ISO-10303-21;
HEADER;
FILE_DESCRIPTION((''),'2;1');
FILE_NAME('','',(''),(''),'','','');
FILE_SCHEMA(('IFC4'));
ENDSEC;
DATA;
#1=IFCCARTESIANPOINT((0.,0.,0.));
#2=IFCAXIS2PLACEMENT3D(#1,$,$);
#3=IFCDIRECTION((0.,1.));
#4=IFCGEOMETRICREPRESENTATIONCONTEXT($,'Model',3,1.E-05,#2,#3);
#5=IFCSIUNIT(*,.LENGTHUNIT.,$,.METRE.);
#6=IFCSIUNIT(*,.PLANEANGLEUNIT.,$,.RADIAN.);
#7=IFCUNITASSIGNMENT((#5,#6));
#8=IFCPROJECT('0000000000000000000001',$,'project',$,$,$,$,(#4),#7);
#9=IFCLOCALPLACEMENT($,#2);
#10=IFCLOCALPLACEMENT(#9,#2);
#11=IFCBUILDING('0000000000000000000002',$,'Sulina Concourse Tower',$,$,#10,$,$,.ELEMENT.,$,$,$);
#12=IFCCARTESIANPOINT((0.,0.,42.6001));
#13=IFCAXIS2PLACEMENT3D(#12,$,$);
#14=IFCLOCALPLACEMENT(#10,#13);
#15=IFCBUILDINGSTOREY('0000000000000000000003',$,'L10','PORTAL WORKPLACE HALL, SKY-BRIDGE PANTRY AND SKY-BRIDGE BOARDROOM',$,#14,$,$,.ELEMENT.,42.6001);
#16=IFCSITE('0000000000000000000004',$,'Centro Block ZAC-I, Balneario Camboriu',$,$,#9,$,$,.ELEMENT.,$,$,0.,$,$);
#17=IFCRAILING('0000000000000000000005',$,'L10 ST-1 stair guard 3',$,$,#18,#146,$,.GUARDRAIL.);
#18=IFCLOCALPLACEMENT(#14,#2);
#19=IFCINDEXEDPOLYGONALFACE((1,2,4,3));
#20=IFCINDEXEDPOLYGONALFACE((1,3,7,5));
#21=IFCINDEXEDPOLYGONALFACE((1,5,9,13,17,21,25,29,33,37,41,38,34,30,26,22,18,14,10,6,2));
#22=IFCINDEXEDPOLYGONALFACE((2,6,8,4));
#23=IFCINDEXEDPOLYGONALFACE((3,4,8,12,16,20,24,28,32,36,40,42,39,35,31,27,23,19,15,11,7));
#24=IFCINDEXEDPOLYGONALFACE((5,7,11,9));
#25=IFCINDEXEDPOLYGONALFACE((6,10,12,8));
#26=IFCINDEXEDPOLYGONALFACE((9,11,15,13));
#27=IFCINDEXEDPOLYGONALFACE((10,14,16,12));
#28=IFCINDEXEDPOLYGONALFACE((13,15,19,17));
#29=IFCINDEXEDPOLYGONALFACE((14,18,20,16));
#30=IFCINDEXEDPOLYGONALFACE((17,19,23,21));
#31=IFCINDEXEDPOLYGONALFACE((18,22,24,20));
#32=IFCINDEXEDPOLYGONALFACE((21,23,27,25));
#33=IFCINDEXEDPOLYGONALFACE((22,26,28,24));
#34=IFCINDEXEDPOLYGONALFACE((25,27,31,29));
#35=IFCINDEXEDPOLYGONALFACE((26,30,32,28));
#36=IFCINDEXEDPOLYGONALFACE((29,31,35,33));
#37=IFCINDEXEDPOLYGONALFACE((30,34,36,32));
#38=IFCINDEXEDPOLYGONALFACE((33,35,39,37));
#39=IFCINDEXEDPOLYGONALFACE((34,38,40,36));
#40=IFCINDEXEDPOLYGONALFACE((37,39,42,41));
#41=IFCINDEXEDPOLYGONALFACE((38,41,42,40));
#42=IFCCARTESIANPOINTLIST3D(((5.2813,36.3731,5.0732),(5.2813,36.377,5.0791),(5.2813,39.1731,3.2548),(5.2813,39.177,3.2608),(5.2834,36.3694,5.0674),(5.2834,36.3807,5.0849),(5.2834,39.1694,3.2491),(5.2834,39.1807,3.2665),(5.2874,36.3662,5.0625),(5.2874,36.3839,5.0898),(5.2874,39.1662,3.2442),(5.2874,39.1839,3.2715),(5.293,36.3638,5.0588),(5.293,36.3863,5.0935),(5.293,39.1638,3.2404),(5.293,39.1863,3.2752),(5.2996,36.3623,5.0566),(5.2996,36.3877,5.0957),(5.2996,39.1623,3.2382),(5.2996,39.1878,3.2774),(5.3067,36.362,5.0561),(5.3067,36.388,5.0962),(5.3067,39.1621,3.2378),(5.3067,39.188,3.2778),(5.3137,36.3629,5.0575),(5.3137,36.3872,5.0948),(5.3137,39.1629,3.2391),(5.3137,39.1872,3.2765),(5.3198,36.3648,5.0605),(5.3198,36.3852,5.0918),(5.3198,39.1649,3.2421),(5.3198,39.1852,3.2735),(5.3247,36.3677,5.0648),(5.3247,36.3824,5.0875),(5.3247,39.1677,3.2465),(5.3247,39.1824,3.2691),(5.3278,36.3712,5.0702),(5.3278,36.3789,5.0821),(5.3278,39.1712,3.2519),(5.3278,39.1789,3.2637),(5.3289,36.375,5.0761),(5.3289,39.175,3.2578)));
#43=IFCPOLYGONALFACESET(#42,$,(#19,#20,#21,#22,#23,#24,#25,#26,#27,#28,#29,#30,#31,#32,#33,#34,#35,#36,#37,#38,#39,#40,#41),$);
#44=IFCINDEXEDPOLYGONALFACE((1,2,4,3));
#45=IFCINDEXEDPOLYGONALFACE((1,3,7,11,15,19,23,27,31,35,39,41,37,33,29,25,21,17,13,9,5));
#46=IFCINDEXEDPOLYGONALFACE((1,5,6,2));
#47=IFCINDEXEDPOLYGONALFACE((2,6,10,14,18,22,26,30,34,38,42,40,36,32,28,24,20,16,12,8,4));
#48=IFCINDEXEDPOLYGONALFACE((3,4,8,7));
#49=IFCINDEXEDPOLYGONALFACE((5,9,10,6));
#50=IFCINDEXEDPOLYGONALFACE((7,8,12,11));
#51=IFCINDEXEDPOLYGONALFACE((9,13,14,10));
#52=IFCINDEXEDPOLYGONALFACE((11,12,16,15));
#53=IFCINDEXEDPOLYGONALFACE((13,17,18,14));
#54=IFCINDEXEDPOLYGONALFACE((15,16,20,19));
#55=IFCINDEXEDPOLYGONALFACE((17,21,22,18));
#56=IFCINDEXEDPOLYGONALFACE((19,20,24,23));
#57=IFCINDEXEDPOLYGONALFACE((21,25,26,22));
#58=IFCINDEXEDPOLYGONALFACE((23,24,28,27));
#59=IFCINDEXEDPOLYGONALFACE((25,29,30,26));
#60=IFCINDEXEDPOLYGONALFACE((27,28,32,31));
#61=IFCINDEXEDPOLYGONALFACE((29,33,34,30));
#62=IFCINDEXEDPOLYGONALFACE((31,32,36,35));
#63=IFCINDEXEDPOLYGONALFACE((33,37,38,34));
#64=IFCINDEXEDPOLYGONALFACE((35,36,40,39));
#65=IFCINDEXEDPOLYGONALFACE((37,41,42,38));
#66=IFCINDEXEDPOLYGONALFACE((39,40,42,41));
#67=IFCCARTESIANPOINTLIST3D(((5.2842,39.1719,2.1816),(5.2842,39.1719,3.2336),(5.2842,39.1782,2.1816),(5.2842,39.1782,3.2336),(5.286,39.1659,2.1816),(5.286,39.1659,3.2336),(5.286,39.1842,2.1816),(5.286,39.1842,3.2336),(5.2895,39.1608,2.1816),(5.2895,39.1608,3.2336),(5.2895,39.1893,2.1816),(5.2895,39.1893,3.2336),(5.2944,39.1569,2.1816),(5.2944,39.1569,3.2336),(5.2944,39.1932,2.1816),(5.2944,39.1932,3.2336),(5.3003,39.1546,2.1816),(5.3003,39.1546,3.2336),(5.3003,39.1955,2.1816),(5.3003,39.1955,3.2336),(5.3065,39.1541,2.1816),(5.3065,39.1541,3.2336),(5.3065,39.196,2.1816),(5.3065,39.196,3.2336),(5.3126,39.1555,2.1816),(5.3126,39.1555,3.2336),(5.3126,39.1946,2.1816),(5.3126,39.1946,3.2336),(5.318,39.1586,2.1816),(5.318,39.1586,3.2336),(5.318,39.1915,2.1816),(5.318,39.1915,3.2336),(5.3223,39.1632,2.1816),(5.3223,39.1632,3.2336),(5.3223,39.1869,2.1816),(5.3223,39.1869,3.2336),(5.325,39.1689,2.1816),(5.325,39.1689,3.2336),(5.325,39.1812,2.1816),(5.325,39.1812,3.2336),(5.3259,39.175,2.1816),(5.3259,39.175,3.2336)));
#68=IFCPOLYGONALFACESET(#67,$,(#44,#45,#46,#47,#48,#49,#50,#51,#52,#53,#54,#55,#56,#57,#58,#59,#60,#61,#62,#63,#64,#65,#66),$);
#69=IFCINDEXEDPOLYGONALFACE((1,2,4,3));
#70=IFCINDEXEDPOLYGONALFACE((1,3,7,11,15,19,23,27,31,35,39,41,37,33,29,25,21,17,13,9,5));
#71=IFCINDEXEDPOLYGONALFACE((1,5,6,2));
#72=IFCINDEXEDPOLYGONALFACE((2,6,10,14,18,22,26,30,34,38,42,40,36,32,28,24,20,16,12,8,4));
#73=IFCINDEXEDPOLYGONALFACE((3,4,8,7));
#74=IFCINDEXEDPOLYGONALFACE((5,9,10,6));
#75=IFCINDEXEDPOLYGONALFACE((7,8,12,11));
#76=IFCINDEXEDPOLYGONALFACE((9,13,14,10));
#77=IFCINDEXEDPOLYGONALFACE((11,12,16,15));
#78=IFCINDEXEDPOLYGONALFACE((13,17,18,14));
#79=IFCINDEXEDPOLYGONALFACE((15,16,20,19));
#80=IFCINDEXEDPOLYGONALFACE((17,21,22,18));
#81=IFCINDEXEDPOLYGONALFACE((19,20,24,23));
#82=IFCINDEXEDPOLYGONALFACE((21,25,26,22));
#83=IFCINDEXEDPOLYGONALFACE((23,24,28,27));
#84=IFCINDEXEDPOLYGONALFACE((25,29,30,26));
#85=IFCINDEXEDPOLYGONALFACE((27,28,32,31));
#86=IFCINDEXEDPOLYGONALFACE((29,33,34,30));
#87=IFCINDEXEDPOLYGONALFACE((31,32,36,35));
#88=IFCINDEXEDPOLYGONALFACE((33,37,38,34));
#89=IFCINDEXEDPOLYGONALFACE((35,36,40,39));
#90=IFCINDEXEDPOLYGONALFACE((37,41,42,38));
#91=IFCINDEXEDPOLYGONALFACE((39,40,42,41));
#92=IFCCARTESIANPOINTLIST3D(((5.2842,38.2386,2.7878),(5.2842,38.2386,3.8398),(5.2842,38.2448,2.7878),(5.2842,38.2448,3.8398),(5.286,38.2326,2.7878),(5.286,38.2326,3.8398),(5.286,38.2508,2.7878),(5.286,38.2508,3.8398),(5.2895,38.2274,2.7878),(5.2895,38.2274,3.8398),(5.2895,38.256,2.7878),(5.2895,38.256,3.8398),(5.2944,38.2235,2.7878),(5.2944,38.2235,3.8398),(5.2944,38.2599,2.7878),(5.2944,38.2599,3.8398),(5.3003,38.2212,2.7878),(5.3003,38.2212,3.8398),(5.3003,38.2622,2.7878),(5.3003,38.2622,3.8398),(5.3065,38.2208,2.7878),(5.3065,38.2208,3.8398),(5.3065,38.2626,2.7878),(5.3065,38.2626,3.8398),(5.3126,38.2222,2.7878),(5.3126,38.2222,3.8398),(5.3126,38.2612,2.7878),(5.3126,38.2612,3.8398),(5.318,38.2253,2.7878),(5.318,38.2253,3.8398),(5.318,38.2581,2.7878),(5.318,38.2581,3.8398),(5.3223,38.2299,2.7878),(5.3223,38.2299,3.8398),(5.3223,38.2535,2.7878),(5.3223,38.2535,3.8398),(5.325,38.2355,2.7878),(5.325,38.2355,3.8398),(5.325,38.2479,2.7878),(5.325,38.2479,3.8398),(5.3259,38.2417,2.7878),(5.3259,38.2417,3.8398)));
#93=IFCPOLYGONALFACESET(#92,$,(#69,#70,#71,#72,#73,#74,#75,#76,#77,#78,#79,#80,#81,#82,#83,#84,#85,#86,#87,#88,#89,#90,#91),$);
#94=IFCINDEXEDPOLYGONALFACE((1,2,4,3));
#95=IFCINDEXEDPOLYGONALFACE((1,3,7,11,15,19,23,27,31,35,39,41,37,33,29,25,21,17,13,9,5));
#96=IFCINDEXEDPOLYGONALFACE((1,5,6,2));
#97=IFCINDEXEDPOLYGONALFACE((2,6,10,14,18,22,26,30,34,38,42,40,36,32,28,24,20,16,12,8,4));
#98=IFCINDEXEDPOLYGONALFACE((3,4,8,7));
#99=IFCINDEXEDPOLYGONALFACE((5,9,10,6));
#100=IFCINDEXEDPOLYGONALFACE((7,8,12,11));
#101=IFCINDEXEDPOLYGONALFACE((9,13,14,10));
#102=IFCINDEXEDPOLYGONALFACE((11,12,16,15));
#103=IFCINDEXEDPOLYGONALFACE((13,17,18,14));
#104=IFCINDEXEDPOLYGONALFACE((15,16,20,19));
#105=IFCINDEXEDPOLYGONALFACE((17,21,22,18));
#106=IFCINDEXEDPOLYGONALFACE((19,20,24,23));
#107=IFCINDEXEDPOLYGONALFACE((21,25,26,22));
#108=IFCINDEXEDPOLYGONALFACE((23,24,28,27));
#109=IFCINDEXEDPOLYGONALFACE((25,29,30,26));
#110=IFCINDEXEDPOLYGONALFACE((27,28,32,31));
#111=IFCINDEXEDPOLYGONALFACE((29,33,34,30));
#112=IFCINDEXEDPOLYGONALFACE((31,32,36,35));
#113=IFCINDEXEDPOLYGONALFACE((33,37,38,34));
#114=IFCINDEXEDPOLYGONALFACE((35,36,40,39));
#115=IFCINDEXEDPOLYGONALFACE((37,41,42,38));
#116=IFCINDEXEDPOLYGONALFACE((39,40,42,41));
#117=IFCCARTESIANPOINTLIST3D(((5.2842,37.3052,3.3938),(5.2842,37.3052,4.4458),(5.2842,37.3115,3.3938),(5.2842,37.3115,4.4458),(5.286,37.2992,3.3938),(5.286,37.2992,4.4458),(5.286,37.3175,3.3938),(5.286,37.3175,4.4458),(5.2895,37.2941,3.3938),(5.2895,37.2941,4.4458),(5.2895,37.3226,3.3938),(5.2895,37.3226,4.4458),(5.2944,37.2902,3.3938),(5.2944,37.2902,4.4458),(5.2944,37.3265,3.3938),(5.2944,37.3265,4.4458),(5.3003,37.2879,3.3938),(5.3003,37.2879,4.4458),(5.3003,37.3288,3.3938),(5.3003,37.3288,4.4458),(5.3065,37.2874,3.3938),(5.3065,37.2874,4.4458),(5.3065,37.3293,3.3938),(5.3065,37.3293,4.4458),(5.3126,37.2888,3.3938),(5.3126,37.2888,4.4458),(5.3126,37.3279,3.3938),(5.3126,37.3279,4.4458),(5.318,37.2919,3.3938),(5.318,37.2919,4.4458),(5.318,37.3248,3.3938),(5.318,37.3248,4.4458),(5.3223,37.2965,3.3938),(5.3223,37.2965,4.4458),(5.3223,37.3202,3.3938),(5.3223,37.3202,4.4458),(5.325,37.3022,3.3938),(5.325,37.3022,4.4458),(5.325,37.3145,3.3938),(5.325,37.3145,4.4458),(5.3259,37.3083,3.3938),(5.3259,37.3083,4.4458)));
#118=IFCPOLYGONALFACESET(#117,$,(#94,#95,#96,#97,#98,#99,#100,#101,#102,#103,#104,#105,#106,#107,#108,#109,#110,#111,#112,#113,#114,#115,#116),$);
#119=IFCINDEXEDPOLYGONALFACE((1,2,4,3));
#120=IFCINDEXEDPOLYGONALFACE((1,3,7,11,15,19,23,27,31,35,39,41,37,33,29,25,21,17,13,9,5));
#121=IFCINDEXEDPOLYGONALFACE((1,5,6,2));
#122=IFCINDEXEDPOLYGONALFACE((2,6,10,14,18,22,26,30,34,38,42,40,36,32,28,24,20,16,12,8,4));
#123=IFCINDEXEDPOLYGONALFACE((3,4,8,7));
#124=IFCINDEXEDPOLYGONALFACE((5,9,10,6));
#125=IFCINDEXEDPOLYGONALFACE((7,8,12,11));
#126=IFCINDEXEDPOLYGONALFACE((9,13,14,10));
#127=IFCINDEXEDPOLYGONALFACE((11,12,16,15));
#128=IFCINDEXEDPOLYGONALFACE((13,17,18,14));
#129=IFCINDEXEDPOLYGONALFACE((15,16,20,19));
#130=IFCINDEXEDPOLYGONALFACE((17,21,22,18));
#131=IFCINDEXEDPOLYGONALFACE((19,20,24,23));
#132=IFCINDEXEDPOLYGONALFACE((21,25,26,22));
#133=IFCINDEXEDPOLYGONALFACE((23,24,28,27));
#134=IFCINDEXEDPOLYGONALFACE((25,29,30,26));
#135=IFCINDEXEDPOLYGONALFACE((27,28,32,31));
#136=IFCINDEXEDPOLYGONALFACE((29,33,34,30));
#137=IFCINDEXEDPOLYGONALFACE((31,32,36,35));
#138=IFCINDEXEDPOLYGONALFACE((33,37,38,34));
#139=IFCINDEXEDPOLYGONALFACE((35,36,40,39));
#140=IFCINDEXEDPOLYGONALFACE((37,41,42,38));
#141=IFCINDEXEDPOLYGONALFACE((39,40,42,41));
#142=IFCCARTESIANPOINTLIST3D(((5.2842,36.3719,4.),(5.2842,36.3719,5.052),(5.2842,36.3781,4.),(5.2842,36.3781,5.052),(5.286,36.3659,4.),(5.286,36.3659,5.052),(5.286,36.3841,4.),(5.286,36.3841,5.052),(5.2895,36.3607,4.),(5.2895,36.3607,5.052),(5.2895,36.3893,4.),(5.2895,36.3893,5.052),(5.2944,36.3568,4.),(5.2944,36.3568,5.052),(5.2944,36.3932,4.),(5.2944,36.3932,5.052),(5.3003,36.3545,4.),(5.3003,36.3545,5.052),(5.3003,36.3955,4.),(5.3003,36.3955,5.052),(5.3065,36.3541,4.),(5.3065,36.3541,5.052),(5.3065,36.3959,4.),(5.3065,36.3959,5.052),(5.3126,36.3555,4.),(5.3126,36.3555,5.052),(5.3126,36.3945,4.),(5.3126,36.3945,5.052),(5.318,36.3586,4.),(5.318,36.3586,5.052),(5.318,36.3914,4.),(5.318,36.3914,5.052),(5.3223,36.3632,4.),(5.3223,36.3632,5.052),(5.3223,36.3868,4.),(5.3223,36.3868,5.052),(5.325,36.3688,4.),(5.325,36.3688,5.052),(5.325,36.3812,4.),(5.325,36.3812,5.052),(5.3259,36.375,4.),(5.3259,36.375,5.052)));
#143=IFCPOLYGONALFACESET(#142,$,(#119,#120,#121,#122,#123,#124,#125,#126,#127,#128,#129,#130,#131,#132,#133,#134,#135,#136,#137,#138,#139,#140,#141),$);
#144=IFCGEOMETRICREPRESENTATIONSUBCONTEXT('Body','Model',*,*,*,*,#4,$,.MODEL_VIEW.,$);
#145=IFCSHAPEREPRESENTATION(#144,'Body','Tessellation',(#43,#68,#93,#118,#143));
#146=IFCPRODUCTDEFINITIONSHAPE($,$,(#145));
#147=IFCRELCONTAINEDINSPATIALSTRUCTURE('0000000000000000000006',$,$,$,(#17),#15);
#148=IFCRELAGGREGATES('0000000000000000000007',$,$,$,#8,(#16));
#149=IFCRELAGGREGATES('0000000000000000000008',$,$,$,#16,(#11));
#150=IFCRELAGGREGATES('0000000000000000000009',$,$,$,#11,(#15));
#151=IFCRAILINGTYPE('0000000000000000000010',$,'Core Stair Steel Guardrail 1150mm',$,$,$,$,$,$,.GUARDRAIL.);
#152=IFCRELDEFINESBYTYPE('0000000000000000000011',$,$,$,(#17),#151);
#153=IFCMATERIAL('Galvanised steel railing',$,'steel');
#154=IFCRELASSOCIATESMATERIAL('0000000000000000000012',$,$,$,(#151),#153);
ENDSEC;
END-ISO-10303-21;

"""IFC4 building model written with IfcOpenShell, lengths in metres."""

from ifc_helpers import new_model, si_unit, direction, frame, origin, origin_2d, place, context, subcontext, project, spatial, circle, extrude, material, type_object, element, save


model = new_model("IFC4")

# Units and contexts
model_context = context("Model", 3, precision=1e-05, world=origin(), true_north=direction((0.0, 1.0)))
body_context = subcontext(model_context, "Body", "Model", "MODEL_VIEW")
ifc_project = project(units=[si_unit("LENGTHUNIT", "METRE"), si_unit("PLANEANGLEUNIT", "RADIAN")], contexts=[model_context])

# Site, building, storey
site_placement = place(None, origin())
site = spatial("IfcSite", under=ifc_project, at=site_placement, Name="Centro Block ZAC-I, Balneario Camboriu", CompositionType="ELEMENT", RefElevation=0.0)
building_placement = place(site_placement, origin())
building = spatial("IfcBuilding", under=site, at=building_placement, Name="Sulina Concourse Tower", CompositionType="ELEMENT")
storey_placement = place(building_placement, frame((0.0, 0.0, 42.6001)))
storey = spatial("IfcBuildingStorey", under=building, at=storey_placement, Name="L10", Description="PORTAL WORKPLACE HALL, SKY-BRIDGE PANTRY AND SKY-BRIDGE BOARDROOM", CompositionType="ELEMENT", Elevation=42.6001)

# Railing
ifc_material_1 = material(Name="Galvanised steel railing", Category="steel")
railing_type_1 = type_object("IfcRailingType", Name="Core Stair Steel Guardrail 1150mm", PredefinedType="GUARDRAIL", material=ifc_material_1)
railing_1_placement = place(storey_placement, frame((5.3049, 39.175, 2.1816)))
element("IfcRailing", 1, at=railing_1_placement, inside=storey, type_object=railing_type_1, Name="L10 ST-1 stair guard 3", PredefinedType="GUARDRAIL", context=body_context, shape_type="SweptSolid", body=[
    extrude(circle(Radius=0.0239, at=origin_2d()), frame((0.0, 0.0, 1.0762), z_axis=(0.0, -0.838672, 0.544636), x_axis=(1.0, 0.0, 0.0)), (0.0, 0.0, 1.0), 3.3386),
    extrude(circle(Radius=0.021, at=origin_2d()), origin(), (0.0, 0.0, 1.0), 1.052),
    extrude(circle(Radius=0.021, at=origin_2d()), frame((0.0, -0.9333, 0.6062)), (0.0, 0.0, 1.0), 1.052),
    extrude(circle(Radius=0.021, at=origin_2d()), frame((0.0, -1.8667, 1.2122)), (0.0, 0.0, 1.0), 1.052),
    extrude(circle(Radius=0.021, at=origin_2d()), frame((0.0, -2.8, 1.8184)), (0.0, 0.0, 1.0), 1.052),
])

save(model, "model.ifc")
